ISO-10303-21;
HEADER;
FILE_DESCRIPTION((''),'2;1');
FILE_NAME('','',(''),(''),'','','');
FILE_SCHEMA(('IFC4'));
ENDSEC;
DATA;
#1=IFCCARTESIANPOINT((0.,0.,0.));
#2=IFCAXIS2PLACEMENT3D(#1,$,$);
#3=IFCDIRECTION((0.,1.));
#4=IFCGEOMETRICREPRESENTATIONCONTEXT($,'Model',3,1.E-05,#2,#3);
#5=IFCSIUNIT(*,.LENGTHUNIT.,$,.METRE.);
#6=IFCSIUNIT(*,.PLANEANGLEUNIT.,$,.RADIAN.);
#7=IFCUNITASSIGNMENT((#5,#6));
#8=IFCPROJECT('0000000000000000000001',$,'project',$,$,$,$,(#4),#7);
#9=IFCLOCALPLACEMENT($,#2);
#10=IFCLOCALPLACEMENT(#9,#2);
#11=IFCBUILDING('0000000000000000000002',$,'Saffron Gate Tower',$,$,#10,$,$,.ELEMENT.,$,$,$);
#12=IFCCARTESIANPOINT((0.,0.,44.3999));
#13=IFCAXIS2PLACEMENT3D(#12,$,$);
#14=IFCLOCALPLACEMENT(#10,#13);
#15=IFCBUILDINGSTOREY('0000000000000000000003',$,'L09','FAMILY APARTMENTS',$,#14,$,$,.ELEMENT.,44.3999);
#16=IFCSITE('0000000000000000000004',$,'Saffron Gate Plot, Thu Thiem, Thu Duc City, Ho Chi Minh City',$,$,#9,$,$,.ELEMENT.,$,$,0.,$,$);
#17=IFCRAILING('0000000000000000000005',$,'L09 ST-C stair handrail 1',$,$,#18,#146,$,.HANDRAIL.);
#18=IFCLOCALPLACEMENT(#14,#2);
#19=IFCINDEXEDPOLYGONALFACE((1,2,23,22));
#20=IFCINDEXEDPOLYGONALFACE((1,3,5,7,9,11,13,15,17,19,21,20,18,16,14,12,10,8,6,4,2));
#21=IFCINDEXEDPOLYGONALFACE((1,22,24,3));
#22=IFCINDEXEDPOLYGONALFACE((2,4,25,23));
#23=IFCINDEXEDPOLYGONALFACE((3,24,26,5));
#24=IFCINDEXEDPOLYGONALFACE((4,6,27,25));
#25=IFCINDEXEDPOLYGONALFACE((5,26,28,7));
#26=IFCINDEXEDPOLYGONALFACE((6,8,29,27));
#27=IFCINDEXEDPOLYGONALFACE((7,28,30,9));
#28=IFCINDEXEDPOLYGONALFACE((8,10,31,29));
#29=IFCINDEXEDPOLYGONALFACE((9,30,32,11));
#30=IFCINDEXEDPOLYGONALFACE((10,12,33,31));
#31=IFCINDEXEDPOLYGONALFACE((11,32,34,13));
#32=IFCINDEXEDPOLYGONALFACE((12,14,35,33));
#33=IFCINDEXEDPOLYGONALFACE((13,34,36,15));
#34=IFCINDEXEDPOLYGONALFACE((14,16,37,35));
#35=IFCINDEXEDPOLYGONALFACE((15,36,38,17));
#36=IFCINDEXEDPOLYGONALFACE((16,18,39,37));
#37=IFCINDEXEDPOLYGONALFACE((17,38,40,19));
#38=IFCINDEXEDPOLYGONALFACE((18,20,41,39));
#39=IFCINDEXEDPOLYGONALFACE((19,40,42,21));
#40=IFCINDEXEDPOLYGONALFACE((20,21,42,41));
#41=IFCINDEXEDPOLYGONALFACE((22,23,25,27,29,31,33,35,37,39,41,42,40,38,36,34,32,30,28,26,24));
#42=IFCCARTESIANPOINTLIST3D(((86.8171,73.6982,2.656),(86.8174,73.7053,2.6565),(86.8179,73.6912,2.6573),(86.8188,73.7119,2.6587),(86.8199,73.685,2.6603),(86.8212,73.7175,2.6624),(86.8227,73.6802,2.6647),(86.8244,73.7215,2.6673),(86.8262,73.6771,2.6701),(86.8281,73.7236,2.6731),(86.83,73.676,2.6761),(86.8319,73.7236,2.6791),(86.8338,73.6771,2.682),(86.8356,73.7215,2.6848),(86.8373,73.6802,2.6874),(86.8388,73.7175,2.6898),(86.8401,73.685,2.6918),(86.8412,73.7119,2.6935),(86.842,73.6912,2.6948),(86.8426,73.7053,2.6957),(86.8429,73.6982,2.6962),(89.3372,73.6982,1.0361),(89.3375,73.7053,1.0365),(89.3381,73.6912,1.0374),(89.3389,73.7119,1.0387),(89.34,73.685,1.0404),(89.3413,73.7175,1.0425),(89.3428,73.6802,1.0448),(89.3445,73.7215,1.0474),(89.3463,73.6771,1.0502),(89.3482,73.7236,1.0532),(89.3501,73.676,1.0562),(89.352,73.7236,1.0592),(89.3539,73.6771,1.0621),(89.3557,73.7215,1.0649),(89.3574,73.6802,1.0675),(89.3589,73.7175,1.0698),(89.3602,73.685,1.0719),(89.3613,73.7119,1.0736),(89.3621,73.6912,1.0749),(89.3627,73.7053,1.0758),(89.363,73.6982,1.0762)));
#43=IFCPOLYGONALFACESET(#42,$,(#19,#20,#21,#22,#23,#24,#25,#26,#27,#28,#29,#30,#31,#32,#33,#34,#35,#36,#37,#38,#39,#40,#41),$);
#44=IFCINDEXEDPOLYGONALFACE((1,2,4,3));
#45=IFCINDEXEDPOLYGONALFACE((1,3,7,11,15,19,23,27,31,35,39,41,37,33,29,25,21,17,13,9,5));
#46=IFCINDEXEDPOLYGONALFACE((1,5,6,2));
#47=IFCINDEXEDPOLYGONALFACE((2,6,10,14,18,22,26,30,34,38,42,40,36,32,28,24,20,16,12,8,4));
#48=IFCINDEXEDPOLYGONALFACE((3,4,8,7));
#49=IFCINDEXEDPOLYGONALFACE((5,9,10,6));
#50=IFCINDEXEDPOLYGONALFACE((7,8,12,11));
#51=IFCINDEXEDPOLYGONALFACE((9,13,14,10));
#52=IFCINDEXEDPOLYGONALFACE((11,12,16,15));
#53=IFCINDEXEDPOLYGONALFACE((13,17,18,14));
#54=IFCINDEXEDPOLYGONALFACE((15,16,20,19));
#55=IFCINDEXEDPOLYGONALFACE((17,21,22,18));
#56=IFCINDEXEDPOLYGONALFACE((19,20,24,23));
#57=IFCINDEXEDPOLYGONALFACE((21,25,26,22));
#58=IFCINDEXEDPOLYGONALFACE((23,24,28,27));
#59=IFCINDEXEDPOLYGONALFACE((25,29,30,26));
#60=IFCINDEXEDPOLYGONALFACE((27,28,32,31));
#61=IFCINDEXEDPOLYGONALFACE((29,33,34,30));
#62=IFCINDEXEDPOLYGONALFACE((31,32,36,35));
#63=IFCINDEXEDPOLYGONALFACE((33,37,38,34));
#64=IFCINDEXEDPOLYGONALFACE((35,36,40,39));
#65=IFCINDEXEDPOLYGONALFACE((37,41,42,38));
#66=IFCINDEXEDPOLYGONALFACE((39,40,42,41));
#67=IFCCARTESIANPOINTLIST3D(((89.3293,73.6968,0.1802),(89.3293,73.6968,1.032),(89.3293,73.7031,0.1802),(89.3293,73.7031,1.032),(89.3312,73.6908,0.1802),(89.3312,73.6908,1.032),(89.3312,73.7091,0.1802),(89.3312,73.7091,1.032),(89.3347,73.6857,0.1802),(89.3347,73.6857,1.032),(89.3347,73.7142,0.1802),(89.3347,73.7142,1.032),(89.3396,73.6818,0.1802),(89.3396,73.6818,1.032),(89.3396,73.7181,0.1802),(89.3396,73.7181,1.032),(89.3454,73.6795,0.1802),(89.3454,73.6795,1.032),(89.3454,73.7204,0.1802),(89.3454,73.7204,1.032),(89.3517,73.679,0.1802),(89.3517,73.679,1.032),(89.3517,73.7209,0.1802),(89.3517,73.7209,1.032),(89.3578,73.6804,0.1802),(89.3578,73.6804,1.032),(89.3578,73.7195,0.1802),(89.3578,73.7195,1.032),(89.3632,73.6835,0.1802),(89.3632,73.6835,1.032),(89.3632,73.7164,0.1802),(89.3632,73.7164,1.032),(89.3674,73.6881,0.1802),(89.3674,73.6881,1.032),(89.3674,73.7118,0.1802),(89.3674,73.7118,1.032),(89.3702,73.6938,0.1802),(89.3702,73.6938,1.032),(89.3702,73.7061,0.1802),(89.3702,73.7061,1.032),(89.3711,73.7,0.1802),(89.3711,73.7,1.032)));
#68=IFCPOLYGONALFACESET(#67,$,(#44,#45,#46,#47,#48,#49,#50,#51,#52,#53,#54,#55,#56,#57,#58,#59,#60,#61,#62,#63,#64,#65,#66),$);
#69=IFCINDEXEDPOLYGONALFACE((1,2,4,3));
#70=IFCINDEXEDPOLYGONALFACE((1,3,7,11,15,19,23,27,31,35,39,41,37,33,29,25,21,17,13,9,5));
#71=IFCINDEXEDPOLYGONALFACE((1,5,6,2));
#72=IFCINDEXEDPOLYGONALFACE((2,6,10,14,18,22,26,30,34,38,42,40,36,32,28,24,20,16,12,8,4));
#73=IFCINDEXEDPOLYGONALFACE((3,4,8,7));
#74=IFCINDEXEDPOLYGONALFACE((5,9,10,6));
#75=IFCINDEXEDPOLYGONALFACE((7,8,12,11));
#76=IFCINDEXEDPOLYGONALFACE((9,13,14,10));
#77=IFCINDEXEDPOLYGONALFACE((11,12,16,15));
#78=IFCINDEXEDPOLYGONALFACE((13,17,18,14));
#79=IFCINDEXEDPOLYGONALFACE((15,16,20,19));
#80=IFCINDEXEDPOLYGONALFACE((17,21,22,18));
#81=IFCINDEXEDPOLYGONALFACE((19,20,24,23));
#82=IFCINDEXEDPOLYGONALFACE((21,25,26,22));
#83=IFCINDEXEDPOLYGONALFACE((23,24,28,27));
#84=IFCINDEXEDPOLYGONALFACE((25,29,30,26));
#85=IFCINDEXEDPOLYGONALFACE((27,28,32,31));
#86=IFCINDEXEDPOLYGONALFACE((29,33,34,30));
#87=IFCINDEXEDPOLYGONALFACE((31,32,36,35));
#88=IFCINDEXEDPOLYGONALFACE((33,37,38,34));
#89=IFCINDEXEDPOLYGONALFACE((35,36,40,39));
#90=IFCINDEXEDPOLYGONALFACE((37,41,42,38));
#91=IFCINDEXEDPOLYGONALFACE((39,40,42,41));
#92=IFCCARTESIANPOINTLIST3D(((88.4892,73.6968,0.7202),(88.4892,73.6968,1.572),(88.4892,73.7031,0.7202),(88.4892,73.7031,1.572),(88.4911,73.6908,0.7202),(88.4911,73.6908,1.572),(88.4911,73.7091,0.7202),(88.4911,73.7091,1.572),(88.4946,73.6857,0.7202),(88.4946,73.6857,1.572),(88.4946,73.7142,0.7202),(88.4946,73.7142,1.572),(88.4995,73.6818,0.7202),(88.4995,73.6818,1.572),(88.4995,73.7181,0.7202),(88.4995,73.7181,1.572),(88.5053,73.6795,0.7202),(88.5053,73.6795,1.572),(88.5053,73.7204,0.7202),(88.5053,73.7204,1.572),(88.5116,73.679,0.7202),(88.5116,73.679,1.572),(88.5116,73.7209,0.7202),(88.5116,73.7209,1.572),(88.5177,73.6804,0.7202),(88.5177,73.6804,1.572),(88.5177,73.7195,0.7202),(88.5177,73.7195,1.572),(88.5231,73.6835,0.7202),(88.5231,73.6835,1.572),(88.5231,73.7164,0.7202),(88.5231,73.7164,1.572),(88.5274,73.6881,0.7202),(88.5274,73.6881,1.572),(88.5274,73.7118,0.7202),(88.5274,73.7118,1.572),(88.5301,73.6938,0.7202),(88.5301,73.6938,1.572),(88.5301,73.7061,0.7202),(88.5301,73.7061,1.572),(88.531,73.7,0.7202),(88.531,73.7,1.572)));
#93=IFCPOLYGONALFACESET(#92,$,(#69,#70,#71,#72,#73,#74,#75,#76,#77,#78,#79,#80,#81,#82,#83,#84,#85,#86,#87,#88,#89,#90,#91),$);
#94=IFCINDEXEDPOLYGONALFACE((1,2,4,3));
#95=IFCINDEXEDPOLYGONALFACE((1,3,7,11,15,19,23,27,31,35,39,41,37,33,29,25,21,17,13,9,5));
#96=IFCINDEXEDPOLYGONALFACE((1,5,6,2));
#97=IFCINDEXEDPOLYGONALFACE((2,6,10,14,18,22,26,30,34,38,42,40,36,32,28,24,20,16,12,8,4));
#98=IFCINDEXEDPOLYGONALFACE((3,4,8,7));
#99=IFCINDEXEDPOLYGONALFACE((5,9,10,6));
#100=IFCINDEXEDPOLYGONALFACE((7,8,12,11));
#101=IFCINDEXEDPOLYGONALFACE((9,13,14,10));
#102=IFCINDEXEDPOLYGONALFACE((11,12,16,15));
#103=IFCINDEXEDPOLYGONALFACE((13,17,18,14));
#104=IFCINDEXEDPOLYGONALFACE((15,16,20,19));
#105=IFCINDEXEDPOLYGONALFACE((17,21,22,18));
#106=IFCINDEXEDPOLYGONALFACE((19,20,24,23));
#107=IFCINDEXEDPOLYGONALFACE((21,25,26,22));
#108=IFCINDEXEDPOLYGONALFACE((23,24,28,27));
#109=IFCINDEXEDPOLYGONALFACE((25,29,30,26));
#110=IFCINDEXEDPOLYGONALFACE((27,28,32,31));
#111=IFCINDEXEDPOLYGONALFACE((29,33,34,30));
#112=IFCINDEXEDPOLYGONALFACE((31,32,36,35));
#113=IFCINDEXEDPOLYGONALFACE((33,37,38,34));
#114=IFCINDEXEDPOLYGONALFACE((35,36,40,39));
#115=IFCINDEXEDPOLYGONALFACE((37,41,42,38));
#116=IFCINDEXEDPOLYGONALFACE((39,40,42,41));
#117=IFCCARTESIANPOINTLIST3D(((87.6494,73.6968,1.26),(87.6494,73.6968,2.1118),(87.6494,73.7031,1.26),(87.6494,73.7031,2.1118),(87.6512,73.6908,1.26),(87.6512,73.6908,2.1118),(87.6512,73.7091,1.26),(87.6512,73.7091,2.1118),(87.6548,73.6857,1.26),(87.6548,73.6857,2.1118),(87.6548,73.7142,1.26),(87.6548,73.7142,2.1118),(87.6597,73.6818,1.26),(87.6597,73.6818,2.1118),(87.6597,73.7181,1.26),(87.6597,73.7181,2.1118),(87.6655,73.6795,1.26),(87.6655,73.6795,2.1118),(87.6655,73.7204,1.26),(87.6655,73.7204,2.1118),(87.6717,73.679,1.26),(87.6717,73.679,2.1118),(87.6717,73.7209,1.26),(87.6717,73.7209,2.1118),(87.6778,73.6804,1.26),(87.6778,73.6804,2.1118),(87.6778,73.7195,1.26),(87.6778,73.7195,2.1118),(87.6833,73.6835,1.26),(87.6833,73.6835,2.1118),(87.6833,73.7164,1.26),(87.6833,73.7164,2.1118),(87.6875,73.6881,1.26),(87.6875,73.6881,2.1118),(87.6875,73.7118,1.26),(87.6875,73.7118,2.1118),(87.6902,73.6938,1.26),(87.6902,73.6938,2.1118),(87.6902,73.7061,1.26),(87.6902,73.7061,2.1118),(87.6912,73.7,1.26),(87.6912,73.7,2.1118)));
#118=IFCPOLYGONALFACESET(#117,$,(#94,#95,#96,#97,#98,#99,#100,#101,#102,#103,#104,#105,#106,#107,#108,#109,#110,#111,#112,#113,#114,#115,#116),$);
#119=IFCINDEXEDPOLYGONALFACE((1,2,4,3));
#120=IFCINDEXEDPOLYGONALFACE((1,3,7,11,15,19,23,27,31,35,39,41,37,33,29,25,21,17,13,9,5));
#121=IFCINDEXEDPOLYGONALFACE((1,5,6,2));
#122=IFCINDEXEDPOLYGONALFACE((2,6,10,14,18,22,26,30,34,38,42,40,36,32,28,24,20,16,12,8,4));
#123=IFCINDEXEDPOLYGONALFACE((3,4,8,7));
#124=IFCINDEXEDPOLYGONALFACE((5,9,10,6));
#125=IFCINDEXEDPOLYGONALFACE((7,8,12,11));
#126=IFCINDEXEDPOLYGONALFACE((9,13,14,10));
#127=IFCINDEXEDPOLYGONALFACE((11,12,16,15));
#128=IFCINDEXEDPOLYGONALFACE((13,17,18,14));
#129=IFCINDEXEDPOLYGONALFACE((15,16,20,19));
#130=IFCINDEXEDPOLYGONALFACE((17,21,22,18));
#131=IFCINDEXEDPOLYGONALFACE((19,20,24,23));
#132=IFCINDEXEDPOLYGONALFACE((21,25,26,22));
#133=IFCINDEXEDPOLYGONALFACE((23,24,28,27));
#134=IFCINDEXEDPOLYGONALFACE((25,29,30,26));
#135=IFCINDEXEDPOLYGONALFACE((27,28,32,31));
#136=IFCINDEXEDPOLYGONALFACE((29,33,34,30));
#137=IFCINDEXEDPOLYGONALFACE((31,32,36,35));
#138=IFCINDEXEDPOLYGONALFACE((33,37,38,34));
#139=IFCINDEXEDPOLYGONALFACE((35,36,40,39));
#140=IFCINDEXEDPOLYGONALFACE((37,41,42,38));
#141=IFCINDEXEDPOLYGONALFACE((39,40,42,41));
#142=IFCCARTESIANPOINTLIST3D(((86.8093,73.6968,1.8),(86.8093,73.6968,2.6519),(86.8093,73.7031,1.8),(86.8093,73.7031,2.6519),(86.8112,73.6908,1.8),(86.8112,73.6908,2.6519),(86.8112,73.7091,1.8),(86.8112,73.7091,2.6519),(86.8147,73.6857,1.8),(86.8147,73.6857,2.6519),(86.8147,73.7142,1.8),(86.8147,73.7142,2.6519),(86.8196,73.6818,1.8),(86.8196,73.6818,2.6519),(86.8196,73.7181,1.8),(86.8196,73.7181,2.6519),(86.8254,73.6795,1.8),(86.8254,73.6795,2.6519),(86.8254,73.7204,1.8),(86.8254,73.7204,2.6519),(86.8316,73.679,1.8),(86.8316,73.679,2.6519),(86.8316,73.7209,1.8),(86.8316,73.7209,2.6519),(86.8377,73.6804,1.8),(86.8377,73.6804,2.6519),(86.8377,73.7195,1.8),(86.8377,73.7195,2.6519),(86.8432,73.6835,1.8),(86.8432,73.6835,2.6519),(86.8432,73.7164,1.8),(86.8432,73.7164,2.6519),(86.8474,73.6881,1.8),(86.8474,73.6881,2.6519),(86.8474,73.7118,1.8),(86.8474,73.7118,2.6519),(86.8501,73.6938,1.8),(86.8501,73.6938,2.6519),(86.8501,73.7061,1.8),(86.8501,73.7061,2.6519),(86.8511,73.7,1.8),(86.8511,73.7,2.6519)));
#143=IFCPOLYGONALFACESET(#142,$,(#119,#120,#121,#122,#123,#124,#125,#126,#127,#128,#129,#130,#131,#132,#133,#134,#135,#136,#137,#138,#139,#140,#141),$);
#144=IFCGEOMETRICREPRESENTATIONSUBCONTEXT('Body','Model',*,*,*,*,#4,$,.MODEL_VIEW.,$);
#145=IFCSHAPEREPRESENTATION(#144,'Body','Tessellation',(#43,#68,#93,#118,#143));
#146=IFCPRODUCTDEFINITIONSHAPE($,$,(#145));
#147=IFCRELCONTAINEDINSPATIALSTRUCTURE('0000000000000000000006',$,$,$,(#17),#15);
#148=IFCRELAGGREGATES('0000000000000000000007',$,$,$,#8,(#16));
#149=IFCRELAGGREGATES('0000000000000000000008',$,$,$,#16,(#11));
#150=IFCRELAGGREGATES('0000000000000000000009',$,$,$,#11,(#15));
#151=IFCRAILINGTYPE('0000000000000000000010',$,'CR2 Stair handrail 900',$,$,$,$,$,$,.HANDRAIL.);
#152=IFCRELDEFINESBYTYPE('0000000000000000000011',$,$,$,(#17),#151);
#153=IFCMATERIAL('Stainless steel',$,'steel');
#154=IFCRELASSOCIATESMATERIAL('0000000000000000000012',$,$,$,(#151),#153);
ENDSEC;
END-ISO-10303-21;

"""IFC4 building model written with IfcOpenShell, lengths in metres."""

from ifc_helpers import new_model, si_unit, direction, frame, origin, origin_2d, place, context, subcontext, project, spatial, circle, extrude, material, type_object, element, save


model = new_model("IFC4")

# Units and contexts
model_context = context("Model", 3, precision=1e-05, world=origin(), true_north=direction((0.0, 1.0)))
body_context = subcontext(model_context, "Body", "Model", "MODEL_VIEW")
ifc_project = project(units=[si_unit("LENGTHUNIT", "METRE"), si_unit("PLANEANGLEUNIT", "RADIAN")], contexts=[model_context])

# Site, building, storey
site_placement = place(None, origin())
site = spatial("IfcSite", under=ifc_project, at=site_placement, Name="Saffron Gate Plot, Thu Thiem, Thu Duc City, Ho Chi Minh City", CompositionType="ELEMENT", RefElevation=0.0)
building_placement = place(site_placement, origin())
building = spatial("IfcBuilding", under=site, at=building_placement, Name="Saffron Gate Tower", CompositionType="ELEMENT")
storey_placement = place(building_placement, frame((0.0, 0.0, 44.3999)))
storey = spatial("IfcBuildingStorey", under=building, at=storey_placement, Name="L09", Description="FAMILY APARTMENTS", CompositionType="ELEMENT", Elevation=44.3999)

# Railing
ifc_material_1 = material(Name="Stainless steel", Category="steel")
railing_type_1 = type_object("IfcRailingType", Name="CR2 Stair handrail 900", PredefinedType="HANDRAIL", material=ifc_material_1)
railing_1_placement = place(storey_placement, frame((89.3501, 73.7, 0.1802)))
element("IfcRailing", 1, at=railing_1_placement, inside=storey, type_object=railing_type_1, Name="L09 ST-C stair handrail 1", PredefinedType="HANDRAIL", context=body_context, shape_type="SweptSolid", body=[
    extrude(circle(Radius=0.0239, at=origin_2d()), frame((0.0, 0.0, 0.876), z_axis=(-0.8412, 0.0, 0.540725), x_axis=(0.0, -1.0, 0.0)), (0.0, 0.0, 1.0), 2.9958),
    extrude(circle(Radius=0.021, at=origin_2d()), origin(), (0.0, 0.0, 1.0), 0.8518),
    extrude(circle(Radius=0.021, at=origin_2d()), frame((-0.8401, 0.0, 0.54)), (0.0, 0.0, 1.0), 0.8518),
    extrude(circle(Radius=0.021, at=origin_2d()), frame((-1.6799, 0.0, 1.0798)), (0.0, 0.0, 1.0), 0.8518),
    extrude(circle(Radius=0.021, at=origin_2d()), frame((-2.52, 0.0, 1.6199)), (0.0, 0.0, 1.0), 0.8518),
])

save(model, "model.ifc")
